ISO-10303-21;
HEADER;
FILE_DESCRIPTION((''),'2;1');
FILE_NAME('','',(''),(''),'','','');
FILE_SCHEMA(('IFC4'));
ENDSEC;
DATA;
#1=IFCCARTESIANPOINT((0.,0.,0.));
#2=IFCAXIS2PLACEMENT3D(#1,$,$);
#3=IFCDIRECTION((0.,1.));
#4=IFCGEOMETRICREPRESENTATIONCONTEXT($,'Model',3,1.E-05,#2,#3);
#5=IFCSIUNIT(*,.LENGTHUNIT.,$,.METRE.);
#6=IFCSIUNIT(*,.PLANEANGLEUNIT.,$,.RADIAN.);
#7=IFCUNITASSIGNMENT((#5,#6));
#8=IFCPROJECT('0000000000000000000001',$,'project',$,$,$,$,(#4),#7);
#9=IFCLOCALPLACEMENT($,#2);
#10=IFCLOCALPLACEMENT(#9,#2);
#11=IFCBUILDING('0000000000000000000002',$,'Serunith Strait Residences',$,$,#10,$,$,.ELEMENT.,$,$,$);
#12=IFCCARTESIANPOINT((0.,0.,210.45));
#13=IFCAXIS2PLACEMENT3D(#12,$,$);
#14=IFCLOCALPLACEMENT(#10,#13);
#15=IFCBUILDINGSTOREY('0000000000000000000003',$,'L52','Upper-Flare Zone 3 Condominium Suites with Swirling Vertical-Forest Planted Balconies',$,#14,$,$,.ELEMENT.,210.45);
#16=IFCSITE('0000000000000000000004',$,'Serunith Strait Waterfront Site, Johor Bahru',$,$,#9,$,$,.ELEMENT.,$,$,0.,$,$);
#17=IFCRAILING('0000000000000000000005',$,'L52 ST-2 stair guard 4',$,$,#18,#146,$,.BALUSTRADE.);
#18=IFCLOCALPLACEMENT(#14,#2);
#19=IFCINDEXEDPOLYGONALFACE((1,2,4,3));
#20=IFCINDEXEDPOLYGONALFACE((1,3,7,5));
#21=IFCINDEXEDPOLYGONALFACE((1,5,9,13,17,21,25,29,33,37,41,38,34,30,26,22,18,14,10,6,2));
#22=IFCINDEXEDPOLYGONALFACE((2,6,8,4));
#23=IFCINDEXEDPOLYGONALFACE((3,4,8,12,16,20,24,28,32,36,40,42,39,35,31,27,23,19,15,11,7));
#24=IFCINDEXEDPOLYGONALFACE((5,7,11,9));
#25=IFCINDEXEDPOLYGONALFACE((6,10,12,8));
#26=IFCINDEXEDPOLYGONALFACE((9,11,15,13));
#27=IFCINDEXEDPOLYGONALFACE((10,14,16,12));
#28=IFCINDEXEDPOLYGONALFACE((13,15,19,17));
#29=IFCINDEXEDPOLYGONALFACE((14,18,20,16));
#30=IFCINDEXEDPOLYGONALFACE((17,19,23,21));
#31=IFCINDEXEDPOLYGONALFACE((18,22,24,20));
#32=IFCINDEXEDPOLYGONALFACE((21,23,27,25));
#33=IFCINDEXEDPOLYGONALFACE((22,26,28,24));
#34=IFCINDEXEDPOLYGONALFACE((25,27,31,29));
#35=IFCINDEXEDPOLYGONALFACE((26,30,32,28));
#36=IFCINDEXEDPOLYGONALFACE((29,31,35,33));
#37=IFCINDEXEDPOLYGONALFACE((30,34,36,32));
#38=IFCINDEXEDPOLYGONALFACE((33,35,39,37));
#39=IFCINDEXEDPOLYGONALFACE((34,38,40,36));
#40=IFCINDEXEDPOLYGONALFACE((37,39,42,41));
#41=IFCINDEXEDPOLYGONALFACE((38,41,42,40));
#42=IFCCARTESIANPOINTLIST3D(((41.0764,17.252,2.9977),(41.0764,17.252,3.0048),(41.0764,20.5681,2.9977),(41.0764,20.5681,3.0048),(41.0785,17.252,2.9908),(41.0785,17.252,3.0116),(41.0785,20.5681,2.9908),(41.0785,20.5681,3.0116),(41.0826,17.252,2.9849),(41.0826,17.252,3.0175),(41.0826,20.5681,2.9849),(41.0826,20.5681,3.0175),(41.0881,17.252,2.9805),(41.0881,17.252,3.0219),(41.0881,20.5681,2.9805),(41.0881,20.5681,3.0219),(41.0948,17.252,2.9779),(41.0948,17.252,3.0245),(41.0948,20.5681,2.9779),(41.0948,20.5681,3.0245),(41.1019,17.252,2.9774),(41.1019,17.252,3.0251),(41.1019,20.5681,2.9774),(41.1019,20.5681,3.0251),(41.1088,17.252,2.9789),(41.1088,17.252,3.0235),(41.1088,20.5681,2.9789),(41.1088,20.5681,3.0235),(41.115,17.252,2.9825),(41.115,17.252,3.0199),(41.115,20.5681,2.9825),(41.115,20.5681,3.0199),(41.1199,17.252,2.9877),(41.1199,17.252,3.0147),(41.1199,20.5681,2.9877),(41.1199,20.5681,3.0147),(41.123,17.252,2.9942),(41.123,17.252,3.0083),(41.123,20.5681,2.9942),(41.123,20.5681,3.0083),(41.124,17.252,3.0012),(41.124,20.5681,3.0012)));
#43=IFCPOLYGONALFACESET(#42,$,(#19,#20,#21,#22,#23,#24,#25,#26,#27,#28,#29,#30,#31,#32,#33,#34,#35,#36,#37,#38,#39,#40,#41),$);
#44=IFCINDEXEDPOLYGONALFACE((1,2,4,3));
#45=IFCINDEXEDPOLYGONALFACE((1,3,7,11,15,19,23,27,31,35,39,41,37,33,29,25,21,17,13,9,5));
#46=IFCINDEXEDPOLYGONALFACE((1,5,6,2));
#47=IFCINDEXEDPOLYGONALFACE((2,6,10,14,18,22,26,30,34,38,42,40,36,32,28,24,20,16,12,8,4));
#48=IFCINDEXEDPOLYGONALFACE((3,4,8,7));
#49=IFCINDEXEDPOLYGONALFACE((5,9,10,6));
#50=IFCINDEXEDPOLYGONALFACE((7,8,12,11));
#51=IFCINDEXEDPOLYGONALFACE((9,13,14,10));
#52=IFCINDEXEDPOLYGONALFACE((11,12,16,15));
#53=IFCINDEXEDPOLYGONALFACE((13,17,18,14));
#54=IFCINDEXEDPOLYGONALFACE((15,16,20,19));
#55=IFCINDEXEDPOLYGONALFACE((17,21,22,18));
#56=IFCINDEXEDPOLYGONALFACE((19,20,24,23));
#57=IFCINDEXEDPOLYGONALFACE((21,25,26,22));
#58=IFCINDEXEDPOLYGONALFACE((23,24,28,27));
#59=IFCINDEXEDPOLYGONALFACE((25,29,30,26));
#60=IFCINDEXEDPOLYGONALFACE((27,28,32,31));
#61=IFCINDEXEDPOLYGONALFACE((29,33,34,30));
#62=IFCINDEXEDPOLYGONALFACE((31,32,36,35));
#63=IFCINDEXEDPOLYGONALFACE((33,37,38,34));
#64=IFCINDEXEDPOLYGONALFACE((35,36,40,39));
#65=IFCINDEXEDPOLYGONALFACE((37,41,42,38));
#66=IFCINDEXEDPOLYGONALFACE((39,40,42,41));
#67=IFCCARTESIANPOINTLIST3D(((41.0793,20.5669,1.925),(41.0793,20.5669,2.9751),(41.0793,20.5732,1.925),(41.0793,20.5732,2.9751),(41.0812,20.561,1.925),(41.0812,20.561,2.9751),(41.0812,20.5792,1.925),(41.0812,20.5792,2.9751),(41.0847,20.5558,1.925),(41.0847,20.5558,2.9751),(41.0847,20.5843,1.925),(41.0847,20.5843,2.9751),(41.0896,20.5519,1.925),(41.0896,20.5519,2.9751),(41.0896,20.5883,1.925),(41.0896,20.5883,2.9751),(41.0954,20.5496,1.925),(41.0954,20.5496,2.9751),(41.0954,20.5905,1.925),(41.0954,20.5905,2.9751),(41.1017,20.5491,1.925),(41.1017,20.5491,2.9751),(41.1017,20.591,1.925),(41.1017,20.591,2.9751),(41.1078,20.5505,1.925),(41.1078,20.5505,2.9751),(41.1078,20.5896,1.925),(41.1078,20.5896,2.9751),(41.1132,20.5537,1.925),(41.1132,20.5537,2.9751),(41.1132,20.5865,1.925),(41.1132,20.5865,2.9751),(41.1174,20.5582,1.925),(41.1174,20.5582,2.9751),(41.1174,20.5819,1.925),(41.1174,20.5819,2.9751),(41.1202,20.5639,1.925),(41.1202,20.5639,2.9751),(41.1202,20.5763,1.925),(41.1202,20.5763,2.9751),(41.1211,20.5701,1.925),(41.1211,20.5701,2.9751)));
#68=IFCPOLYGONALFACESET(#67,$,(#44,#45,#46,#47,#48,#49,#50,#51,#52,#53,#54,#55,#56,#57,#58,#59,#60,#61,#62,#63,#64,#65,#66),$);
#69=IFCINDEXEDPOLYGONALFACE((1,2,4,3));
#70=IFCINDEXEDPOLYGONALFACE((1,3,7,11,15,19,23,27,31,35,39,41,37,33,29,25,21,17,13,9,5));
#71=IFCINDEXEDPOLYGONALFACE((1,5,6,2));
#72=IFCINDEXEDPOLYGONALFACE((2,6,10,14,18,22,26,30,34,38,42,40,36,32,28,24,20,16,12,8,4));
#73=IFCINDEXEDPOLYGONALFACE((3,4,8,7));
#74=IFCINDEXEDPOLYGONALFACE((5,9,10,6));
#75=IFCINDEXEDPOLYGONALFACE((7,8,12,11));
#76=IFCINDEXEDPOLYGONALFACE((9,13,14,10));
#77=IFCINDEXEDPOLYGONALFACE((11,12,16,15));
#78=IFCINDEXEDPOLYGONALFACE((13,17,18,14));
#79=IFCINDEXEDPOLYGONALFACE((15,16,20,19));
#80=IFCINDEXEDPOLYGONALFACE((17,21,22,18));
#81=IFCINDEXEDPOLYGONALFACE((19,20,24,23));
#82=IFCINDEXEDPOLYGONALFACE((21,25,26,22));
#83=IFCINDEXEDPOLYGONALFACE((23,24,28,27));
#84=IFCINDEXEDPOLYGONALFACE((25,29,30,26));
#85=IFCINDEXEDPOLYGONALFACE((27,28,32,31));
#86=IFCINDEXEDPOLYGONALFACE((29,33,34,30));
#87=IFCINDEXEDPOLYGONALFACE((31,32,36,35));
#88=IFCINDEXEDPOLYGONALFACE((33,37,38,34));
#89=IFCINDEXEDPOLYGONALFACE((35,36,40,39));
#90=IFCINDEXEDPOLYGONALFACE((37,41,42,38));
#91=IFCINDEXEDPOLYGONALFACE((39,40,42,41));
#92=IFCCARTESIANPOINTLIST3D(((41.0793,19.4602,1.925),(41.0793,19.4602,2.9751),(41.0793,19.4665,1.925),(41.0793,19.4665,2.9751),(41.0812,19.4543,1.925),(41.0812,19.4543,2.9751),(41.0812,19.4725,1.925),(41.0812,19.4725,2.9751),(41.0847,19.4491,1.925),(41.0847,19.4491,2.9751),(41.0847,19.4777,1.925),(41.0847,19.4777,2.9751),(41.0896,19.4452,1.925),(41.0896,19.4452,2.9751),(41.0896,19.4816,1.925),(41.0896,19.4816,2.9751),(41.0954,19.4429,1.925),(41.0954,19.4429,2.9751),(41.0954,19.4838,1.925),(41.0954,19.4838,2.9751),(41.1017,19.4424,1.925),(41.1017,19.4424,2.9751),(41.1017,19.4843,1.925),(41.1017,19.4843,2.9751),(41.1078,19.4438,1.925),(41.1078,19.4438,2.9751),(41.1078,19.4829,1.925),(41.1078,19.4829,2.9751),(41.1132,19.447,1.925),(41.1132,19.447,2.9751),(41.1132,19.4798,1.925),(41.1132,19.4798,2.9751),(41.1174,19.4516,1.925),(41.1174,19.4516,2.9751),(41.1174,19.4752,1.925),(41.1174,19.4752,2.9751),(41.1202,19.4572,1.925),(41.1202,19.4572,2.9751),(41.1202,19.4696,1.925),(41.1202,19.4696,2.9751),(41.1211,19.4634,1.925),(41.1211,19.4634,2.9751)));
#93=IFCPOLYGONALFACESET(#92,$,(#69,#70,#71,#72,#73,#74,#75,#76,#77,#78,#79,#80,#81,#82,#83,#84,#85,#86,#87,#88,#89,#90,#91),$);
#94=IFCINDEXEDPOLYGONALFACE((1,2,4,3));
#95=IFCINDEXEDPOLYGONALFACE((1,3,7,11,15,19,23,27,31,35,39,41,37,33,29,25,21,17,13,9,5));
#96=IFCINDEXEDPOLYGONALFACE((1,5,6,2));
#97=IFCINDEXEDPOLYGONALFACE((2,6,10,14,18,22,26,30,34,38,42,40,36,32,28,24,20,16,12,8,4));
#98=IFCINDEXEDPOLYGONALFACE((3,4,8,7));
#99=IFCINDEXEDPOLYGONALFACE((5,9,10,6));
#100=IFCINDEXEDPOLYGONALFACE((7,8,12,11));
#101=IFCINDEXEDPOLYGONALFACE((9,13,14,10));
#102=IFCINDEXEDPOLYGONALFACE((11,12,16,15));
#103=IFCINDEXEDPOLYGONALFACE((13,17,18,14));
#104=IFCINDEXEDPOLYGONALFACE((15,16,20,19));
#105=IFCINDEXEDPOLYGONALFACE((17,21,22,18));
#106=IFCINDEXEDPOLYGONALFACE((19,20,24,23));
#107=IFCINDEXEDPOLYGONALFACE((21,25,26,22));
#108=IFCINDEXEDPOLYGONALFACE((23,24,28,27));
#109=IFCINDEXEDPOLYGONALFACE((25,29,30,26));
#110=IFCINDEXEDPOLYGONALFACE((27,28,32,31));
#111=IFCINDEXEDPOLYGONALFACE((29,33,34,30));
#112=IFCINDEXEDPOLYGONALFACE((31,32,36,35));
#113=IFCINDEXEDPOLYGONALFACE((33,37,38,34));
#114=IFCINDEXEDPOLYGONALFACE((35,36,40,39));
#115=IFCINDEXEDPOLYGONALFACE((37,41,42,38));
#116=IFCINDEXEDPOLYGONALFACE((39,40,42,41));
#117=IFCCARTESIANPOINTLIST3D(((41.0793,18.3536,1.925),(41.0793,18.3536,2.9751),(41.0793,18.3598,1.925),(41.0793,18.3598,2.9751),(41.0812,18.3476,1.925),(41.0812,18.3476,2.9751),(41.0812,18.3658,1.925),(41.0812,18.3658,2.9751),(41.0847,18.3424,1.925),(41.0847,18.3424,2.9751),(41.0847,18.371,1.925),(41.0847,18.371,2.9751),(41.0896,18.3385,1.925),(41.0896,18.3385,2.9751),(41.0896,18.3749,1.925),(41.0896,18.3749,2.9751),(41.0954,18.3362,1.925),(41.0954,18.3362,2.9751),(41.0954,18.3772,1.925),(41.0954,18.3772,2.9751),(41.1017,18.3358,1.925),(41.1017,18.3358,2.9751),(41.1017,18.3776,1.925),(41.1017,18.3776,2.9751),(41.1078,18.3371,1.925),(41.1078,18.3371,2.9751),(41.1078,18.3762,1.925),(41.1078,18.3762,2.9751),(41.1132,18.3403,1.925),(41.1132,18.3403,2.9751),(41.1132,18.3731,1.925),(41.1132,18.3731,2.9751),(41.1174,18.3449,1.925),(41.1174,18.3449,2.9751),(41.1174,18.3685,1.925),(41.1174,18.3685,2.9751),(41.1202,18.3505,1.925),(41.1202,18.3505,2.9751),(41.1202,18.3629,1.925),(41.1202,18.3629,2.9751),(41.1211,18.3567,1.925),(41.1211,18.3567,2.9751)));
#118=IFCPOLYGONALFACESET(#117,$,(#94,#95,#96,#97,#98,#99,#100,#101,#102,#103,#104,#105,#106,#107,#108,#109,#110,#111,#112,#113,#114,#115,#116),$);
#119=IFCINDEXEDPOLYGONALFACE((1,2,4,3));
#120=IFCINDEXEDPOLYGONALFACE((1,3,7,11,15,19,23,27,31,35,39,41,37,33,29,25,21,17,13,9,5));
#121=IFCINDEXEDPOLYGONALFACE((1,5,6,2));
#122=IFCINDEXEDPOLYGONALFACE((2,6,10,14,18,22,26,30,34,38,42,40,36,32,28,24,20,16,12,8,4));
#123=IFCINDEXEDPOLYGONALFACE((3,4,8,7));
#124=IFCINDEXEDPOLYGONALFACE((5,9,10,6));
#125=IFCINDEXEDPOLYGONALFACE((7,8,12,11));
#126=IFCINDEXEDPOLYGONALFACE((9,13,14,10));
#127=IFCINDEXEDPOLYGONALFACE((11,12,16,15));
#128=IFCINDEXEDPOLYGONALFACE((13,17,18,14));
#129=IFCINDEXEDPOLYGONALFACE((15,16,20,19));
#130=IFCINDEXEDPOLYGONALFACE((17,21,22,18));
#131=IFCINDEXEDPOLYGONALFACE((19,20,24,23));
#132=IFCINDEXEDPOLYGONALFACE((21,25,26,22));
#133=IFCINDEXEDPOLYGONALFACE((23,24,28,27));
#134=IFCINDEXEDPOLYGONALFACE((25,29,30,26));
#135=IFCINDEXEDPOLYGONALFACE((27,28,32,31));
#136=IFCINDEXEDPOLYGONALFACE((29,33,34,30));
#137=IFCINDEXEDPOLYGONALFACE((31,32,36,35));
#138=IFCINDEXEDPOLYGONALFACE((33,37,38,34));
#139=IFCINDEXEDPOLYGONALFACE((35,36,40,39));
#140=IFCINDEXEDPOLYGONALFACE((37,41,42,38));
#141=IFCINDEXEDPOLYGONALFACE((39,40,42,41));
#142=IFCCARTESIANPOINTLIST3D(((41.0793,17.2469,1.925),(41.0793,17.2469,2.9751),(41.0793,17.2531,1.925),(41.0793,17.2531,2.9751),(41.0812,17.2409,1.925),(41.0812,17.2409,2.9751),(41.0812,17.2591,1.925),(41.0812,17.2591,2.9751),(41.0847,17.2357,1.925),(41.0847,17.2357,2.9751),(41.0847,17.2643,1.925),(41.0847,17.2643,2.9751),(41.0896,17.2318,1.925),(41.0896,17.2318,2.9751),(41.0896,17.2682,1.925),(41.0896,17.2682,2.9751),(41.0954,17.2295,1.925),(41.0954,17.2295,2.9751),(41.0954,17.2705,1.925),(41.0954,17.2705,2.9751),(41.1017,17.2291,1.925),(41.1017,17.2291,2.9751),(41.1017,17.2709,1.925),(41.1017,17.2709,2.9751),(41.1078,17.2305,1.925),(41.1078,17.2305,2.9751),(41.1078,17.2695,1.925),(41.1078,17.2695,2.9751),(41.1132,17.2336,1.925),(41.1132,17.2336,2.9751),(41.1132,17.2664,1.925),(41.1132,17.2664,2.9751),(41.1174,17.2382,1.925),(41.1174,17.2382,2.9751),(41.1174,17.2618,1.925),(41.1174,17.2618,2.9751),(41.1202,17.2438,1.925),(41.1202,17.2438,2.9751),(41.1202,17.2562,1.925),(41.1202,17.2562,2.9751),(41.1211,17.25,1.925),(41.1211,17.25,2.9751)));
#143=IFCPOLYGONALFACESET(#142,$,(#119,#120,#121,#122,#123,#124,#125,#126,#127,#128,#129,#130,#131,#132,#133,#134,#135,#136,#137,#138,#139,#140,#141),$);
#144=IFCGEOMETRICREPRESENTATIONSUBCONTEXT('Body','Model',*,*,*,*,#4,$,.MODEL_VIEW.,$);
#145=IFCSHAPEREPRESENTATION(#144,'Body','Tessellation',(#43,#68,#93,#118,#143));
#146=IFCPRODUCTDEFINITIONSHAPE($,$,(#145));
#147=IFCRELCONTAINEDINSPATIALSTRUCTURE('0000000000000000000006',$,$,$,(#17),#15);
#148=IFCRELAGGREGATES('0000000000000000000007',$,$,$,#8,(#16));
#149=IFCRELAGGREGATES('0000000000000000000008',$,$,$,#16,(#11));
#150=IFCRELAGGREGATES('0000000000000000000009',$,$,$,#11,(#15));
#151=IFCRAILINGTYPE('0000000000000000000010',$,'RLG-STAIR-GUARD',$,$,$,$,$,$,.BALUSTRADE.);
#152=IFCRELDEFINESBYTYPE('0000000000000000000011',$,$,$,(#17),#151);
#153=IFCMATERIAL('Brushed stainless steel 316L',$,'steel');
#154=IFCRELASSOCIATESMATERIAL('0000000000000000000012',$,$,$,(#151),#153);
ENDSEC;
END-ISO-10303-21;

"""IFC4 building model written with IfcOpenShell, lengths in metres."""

from ifc_helpers import new_model, si_unit, direction, frame, origin, origin_2d, place, context, subcontext, project, spatial, circle, extrude, material, type_object, element, save


model = new_model("IFC4")

# Units and contexts
model_context = context("Model", 3, precision=1e-05, world=origin(), true_north=direction((0.0, 1.0)))
body_context = subcontext(model_context, "Body", "Model", "MODEL_VIEW")
ifc_project = project(units=[si_unit("LENGTHUNIT", "METRE"), si_unit("PLANEANGLEUNIT", "RADIAN")], contexts=[model_context])

# Site, building, storey
site_placement = place(None, origin())
site = spatial("IfcSite", under=ifc_project, at=site_placement, Name="Serunith Strait Waterfront Site, Johor Bahru", CompositionType="ELEMENT", RefElevation=0.0)
building_placement = place(site_placement, origin())
building = spatial("IfcBuilding", under=site, at=building_placement, Name="Serunith Strait Residences", CompositionType="ELEMENT")
storey_placement = place(building_placement, frame((0.0, 0.0, 210.45)))
storey = spatial("IfcBuildingStorey", under=building, at=storey_placement, Name="L52", Description="Upper-Flare Zone 3 Condominium Suites with Swirling Vertical-Forest Planted Balconies", CompositionType="ELEMENT", Elevation=210.45)

# Railing
ifc_material_1 = material(Name="Brushed stainless steel 316L", Category="steel")
railing_type_1 = type_object("IfcRailingType", Name="RLG-STAIR-GUARD", PredefinedType="BALUSTRADE", material=ifc_material_1)
for number, where, name in (
    (1, (41.1001, 20.5701, 1.925), "L52 ST-2 stair guard 4"),
):
    element("IfcRailing", number, at=place(storey_placement, frame(where)), inside=storey, type_object=railing_type_1, Name=name, PredefinedType="BALUSTRADE", context=body_context, shape_type="SweptSolid", body=[
        extrude(circle(Radius=0.0239, at=origin_2d()), frame((0.0, -0.002, 1.0762), z_axis=(0.0, -1.0, 0.0), x_axis=(1.0, 0.0, 0.0)), (0.0, 0.0, 1.0), 3.3162),
        extrude(circle(Radius=0.021, at=origin_2d()), origin(), (0.0, 0.0, 1.0), 1.05),
        extrude(circle(Radius=0.021, at=origin_2d()), frame((0.0, -1.1067, 0.0)), (0.0, 0.0, 1.0), 1.05),
        extrude(circle(Radius=0.021, at=origin_2d()), frame((0.0, -2.2134, 0.0)), (0.0, 0.0, 1.0), 1.05),
        extrude(circle(Radius=0.021, at=origin_2d()), frame((0.0, -3.3201, 0.0)), (0.0, 0.0, 1.0), 1.05),
    ])

save(model, "model.ifc")
